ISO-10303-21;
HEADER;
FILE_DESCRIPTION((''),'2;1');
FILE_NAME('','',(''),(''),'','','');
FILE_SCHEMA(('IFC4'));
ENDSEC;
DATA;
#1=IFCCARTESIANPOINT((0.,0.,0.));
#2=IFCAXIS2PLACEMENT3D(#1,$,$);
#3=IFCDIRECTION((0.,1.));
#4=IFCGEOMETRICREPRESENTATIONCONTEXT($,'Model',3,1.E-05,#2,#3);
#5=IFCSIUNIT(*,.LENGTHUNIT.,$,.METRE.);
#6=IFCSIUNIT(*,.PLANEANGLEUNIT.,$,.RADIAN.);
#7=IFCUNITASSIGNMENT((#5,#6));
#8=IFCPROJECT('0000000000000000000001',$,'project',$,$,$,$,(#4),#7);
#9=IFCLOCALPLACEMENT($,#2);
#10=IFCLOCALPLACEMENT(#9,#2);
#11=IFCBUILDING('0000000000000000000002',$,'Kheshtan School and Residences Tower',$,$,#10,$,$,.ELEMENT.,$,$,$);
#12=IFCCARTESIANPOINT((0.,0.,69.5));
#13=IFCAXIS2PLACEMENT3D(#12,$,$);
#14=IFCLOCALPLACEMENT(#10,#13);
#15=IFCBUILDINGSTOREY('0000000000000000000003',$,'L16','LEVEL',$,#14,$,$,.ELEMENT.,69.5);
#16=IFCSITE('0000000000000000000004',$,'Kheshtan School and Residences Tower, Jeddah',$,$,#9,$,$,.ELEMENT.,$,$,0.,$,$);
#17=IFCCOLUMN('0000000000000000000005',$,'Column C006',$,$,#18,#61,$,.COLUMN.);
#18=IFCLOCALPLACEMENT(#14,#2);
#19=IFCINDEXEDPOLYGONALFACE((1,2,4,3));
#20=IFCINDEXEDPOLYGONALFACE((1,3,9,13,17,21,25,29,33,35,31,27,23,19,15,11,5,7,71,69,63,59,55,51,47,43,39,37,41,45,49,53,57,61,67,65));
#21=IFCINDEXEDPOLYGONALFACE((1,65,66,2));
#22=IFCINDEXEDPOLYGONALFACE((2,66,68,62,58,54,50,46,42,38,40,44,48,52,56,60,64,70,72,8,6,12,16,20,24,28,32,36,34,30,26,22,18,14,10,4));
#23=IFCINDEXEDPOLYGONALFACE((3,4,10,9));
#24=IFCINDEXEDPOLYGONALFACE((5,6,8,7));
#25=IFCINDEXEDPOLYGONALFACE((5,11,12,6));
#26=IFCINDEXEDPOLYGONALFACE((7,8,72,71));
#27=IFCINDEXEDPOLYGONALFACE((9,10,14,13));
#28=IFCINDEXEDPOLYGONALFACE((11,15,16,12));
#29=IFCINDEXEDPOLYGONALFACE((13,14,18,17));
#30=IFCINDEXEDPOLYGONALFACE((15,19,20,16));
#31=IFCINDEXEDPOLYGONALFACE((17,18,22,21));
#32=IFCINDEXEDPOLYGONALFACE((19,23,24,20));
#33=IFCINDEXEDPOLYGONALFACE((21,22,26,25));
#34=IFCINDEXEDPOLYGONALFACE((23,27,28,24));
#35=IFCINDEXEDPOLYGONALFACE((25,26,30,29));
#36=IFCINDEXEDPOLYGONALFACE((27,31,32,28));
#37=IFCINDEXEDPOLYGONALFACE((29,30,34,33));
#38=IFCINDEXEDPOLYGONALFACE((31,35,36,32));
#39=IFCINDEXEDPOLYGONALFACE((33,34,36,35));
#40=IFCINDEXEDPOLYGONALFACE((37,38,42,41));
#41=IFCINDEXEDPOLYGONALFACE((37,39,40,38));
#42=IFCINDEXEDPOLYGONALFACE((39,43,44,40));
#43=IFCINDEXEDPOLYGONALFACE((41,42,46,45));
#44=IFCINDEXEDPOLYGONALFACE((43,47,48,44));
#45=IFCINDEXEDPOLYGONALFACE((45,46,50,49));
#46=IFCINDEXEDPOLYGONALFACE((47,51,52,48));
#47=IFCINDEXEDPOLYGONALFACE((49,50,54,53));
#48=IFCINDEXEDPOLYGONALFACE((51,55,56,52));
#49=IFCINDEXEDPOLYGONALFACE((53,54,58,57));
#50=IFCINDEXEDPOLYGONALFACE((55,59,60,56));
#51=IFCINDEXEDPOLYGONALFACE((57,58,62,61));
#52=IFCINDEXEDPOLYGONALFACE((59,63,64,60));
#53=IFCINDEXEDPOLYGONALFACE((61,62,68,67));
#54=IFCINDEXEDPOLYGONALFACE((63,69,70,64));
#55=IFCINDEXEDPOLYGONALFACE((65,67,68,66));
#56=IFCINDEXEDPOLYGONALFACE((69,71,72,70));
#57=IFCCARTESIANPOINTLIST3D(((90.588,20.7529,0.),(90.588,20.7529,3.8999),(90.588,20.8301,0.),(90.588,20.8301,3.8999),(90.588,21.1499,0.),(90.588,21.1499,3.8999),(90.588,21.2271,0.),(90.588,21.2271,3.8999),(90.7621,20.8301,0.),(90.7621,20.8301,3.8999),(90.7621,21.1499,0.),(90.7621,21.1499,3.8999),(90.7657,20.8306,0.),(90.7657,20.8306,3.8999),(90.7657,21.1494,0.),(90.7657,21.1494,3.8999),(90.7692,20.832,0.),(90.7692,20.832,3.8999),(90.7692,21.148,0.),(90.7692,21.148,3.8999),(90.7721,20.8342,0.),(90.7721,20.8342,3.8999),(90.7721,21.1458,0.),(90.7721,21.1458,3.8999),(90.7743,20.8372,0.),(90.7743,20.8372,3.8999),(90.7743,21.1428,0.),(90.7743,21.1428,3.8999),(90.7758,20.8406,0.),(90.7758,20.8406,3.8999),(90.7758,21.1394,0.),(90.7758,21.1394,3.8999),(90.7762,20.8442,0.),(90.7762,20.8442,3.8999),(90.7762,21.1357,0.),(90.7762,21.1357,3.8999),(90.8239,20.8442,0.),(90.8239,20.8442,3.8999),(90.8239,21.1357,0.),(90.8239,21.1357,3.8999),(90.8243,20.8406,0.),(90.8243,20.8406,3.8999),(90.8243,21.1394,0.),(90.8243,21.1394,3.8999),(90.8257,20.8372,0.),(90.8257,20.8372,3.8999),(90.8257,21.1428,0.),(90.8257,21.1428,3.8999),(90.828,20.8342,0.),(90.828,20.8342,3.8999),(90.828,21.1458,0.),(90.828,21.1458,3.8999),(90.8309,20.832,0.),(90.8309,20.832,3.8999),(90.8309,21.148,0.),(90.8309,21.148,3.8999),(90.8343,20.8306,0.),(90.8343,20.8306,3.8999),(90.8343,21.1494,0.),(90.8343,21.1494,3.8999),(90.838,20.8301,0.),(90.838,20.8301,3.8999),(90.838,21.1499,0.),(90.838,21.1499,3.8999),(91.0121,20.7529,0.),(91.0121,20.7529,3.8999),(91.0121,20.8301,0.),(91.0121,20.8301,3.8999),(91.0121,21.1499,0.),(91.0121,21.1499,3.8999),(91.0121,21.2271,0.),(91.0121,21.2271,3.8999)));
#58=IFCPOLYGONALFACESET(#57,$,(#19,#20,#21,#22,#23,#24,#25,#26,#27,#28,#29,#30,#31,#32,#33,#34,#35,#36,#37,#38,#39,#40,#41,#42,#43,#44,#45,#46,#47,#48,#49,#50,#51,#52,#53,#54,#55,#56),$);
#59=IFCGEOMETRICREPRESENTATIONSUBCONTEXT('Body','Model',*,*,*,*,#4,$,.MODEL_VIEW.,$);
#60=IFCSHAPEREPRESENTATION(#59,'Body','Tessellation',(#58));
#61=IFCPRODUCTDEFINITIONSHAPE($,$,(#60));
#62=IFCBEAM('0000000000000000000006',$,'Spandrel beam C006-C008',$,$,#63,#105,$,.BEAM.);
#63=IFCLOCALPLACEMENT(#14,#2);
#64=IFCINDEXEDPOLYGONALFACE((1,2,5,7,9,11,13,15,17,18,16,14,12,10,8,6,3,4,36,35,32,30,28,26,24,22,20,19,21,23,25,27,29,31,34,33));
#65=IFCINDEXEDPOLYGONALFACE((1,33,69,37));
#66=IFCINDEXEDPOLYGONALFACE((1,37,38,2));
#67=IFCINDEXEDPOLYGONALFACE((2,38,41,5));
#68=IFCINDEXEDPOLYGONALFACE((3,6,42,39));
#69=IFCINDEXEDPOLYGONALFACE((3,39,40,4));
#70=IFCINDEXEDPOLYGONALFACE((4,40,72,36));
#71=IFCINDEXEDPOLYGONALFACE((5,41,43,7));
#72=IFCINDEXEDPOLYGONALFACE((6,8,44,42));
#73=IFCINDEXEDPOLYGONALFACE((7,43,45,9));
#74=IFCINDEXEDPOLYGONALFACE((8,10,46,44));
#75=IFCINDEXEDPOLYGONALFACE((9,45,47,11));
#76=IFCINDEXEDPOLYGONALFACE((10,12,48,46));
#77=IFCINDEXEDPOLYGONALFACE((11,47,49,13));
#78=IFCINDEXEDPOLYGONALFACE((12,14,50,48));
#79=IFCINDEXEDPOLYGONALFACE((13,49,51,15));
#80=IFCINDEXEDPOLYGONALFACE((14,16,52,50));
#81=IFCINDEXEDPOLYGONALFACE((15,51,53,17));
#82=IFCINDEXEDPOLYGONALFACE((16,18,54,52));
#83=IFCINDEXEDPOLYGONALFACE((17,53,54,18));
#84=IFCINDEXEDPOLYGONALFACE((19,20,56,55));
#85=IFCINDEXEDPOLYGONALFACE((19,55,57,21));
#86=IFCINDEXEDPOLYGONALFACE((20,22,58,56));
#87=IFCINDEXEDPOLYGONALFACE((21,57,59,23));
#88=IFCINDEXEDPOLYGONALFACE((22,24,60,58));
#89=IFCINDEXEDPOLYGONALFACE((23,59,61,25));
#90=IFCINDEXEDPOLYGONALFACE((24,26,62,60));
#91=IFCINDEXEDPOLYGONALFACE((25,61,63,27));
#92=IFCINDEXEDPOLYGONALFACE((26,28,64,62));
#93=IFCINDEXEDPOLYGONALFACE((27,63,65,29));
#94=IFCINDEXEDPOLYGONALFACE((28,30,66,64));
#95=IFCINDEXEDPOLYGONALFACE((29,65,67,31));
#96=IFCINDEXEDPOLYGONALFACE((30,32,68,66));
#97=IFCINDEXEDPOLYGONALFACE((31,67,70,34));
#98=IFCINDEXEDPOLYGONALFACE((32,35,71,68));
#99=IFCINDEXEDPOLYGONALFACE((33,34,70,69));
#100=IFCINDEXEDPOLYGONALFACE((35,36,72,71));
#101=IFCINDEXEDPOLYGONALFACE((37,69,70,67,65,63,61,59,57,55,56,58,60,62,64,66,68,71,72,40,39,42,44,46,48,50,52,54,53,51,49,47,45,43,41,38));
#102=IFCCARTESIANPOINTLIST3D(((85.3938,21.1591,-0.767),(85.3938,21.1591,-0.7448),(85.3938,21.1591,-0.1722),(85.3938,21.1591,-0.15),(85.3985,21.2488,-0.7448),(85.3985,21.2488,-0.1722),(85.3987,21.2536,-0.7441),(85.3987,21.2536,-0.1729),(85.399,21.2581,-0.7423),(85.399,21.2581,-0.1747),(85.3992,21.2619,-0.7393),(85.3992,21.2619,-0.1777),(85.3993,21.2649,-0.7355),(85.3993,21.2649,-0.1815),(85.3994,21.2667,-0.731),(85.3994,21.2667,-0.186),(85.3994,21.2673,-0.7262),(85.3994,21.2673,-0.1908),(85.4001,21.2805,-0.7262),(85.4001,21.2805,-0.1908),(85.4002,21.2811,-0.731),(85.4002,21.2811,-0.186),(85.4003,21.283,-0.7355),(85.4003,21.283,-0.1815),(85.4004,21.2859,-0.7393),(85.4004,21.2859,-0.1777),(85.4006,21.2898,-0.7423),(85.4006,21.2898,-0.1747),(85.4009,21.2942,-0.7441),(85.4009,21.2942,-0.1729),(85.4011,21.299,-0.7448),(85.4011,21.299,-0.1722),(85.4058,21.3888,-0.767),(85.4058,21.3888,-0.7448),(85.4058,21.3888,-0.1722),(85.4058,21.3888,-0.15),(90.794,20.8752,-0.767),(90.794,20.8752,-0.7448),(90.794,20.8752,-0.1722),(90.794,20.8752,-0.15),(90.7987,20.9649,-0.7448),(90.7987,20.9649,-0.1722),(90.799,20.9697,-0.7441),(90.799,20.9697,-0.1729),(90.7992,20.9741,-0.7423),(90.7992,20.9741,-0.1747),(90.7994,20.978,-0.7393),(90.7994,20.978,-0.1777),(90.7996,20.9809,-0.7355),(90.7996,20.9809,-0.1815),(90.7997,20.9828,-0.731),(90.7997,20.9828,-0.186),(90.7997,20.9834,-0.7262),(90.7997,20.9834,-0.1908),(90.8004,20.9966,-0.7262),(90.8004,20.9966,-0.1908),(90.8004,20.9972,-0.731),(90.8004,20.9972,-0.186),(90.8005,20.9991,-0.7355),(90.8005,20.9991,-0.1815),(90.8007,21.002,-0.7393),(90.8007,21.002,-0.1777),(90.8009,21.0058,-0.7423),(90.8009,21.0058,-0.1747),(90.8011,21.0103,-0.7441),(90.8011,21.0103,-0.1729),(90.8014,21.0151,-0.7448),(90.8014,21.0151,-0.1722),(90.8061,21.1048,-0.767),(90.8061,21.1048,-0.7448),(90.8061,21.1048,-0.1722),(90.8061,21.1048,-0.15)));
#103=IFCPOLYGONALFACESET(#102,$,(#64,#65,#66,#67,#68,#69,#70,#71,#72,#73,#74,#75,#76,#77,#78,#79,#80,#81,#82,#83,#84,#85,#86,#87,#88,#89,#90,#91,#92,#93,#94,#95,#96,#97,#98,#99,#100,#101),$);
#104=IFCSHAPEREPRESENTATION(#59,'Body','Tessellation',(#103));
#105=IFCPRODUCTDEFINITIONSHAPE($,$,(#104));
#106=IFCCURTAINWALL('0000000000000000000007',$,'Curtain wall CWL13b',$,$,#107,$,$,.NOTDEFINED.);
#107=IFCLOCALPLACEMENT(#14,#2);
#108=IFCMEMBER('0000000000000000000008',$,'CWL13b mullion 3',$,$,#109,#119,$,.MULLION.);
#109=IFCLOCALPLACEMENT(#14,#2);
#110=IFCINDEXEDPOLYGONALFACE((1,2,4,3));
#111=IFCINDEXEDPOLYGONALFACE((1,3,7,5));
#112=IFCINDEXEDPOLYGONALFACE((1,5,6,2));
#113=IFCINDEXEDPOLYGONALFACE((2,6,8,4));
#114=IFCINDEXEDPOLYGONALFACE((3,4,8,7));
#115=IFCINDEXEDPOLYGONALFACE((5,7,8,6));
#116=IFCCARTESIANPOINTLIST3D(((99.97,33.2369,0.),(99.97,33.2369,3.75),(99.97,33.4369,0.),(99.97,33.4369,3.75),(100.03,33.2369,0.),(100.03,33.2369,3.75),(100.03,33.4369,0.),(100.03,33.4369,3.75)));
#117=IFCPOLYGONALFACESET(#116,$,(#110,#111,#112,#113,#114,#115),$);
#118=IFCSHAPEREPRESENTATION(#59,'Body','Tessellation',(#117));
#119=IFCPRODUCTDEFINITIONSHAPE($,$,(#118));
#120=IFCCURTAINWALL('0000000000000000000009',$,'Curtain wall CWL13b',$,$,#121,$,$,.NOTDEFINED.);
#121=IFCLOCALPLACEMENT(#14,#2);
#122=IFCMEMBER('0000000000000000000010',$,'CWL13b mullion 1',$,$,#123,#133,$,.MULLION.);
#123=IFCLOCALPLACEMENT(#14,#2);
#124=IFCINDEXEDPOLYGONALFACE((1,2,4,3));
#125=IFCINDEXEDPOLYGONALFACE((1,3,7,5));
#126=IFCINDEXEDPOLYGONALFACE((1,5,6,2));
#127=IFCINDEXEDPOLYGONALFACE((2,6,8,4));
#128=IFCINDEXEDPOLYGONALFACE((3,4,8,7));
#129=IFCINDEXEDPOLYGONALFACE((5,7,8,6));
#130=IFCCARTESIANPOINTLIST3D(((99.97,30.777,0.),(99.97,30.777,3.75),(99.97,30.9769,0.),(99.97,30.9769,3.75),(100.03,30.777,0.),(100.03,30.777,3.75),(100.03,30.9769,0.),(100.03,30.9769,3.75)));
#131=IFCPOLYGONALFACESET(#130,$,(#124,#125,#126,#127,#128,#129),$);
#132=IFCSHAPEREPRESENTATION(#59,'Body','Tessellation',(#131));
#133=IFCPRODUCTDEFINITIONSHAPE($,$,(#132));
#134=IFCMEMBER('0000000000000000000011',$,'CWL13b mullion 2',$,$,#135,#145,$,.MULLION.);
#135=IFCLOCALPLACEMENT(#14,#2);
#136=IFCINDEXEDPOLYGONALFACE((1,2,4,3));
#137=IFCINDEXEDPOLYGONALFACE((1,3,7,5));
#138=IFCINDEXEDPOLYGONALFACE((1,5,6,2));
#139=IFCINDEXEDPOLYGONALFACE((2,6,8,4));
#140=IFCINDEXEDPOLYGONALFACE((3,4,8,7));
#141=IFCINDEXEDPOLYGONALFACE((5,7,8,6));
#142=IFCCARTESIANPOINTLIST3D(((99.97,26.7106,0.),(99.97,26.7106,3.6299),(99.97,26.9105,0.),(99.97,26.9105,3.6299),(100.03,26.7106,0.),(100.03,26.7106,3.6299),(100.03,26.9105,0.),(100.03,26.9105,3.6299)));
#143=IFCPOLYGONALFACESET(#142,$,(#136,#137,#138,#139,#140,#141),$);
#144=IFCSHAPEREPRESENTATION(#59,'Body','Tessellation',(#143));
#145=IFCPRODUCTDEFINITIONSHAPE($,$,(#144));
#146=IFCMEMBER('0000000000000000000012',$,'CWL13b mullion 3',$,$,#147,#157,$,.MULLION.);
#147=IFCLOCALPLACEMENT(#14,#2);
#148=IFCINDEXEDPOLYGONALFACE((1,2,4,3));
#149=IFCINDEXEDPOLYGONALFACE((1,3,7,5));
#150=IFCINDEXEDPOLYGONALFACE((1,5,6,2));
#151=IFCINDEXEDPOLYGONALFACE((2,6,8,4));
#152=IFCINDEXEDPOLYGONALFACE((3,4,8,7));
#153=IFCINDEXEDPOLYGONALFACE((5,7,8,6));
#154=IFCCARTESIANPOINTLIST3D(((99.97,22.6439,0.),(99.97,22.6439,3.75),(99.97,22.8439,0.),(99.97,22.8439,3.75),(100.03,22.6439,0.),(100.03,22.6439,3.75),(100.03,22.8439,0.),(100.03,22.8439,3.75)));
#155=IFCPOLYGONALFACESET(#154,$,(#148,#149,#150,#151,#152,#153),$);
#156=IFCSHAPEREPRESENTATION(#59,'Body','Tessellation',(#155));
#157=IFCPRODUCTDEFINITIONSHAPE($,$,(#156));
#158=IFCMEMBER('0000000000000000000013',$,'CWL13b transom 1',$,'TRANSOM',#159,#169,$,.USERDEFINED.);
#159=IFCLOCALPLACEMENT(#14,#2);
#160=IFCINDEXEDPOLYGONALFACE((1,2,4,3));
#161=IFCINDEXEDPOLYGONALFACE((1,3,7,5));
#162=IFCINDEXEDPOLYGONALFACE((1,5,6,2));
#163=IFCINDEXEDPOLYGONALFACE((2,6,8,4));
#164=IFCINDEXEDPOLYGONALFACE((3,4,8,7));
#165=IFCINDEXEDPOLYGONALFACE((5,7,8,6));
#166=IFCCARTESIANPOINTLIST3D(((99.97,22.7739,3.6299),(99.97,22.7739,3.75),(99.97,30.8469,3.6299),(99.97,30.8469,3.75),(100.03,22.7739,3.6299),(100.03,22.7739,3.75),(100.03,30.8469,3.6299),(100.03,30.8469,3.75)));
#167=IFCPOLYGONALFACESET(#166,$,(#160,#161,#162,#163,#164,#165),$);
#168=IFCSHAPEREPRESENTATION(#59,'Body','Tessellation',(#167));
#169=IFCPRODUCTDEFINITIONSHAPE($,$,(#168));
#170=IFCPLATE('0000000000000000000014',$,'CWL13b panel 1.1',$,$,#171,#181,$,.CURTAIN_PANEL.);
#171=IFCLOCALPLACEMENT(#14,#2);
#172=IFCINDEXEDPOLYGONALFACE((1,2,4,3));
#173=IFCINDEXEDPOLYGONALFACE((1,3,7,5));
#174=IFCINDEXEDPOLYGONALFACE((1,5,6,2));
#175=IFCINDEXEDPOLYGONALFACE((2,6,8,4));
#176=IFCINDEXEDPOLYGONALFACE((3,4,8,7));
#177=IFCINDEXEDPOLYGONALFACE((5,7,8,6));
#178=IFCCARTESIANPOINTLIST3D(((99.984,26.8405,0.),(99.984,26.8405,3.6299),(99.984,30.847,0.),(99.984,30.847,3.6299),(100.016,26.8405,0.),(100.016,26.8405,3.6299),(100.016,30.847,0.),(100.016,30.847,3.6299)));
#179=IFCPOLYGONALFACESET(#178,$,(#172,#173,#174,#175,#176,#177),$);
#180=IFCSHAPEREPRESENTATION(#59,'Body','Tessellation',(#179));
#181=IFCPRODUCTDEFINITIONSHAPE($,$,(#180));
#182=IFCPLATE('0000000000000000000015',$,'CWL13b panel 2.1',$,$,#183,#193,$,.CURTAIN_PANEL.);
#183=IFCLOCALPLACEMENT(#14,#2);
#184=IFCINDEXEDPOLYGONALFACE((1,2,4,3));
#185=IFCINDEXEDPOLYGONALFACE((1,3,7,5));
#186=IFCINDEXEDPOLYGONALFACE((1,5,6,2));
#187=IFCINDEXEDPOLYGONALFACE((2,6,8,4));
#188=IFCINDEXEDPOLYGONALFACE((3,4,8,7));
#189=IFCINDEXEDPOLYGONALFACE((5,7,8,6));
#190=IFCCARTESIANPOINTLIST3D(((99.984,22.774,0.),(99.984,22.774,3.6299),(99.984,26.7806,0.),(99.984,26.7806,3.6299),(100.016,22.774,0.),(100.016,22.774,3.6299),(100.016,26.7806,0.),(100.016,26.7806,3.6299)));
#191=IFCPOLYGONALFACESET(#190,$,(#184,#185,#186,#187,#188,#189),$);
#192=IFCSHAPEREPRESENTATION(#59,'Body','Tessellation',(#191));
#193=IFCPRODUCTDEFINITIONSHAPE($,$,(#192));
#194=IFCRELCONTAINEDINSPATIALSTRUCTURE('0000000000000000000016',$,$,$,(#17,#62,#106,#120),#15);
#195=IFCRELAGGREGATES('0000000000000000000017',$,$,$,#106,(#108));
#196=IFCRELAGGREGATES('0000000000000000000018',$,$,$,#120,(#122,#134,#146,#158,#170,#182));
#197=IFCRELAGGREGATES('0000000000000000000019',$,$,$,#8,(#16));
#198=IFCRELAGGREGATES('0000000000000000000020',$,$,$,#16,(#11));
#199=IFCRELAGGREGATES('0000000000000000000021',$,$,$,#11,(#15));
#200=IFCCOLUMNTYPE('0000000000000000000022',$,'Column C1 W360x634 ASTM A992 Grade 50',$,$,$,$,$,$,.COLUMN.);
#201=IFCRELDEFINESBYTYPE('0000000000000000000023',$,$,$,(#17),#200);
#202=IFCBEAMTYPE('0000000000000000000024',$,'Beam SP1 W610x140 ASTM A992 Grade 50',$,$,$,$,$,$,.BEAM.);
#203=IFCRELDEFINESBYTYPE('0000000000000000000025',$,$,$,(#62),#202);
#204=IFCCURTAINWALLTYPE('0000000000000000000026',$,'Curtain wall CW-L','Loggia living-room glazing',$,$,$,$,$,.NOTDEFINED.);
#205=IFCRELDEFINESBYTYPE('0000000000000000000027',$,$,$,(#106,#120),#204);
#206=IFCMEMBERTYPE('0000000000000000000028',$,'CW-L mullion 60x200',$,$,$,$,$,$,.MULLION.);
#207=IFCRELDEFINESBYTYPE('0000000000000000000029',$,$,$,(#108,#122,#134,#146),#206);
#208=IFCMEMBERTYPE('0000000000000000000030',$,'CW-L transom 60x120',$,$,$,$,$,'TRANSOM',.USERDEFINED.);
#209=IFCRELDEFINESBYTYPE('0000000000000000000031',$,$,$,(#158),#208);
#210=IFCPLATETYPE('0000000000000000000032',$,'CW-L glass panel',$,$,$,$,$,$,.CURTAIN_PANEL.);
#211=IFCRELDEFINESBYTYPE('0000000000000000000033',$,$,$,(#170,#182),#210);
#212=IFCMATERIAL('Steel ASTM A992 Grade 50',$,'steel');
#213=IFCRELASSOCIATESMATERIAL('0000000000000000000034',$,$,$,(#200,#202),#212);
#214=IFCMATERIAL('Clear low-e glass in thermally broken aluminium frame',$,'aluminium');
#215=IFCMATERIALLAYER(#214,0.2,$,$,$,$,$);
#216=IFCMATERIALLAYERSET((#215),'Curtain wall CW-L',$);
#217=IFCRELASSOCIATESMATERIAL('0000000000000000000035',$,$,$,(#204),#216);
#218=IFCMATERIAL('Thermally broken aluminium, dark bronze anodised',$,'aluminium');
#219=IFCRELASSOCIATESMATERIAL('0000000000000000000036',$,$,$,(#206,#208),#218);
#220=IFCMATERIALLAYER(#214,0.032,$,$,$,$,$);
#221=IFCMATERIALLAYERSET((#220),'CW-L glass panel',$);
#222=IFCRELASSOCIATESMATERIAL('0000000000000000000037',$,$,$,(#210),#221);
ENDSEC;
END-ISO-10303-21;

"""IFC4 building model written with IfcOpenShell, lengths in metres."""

from ifc_helpers import new_model, si_unit, direction, frame, origin, origin_2d, place, context, subcontext, project, spatial, rectangle, i_section, extrude, material, layer, layer_set, material_profile, profile_set, type_object, element, aggregate, save


model = new_model("IFC4")

# Units and contexts
model_context = context("Model", 3, precision=1e-05, world=origin(), true_north=direction((0.0, 1.0)))
body_context = subcontext(model_context, "Body", "Model", "MODEL_VIEW")
ifc_project = project(units=[si_unit("LENGTHUNIT", "METRE"), si_unit("PLANEANGLEUNIT", "RADIAN")], contexts=[model_context])

# Site, building, storey
site_placement = place(None, origin())
site = spatial("IfcSite", under=ifc_project, at=site_placement, Name="Kheshtan School and Residences Tower, Jeddah", CompositionType="ELEMENT", RefElevation=0.0)
building_placement = place(site_placement, origin())
building = spatial("IfcBuilding", under=site, at=building_placement, Name="Kheshtan School and Residences Tower", CompositionType="ELEMENT")
storey_placement = place(building_placement, frame((0.0, 0.0, 69.5)))
storey = spatial("IfcBuildingStorey", under=building, at=storey_placement, Name="L16", Description="LEVEL", CompositionType="ELEMENT", Elevation=69.5)

# Column
ifc_material_1 = material(Name="Steel ASTM A992 Grade 50", Category="steel")
ifc_material_profile_1 = material_profile(ifc_material_1, i_section(OverallWidth=0.4241, OverallDepth=0.4741, WebThickness=0.0476, FlangeThickness=0.0771, FilletRadius=0.0142, at=origin_2d()), Name="W360x634")
ifc_profile_set_1 = profile_set([ifc_material_profile_1], Name="Steel ASTM A992 Grade 50")
column_type = type_object("IfcColumnType", Name="Column C1 W360x634 ASTM A992 Grade 50", PredefinedType="COLUMN", material=ifc_profile_set_1)
column_placement = place(storey_placement, frame((90.8, 20.99, 0.0), z_axis=(0.0, 0.0, 1.0), x_axis=(1.0, 0.0, 0.0)))
element("IfcColumn", 1, at=column_placement, inside=storey, type_object=column_type, Name="Column C006", PredefinedType="COLUMN", context=body_context, shape_type="SweptSolid", body=[
    extrude(i_section(OverallWidth=0.4241, OverallDepth=0.4741, WebThickness=0.0476, FlangeThickness=0.0771, FilletRadius=0.0142, at=origin_2d()), origin(), (0.0, 0.0, 1.0), 3.8999),
])

# Beam
ifc_material_profile_2 = material_profile(ifc_material_1, i_section(OverallWidth=0.23, OverallDepth=0.6169, WebThickness=0.0132, FlangeThickness=0.0222, FilletRadius=0.0186, at=origin_2d()), Name="W610x140")
ifc_profile_set_2 = profile_set([ifc_material_profile_2], Name="Steel ASTM A992 Grade 50")
beam_type = type_object("IfcBeamType", Name="Beam SP1 W610x140 ASTM A992 Grade 50", PredefinedType="BEAM", material=ifc_profile_set_2)
beam_placement = place(storey_placement, frame((90.8, 20.99, -0.4585), z_axis=(-0.998621, 0.052507, 0.0), x_axis=(-0.052507, -0.998621, 0.0)))
element("IfcBeam", 2, at=beam_placement, inside=storey, type_object=beam_type, Name="Spandrel beam C006-C008", PredefinedType="BEAM", context=body_context, shape_type="SweptSolid", body=[
    extrude(i_section(OverallWidth=0.23, OverallDepth=0.6169, WebThickness=0.0132, FlangeThickness=0.0222, FilletRadius=0.0186, at=origin_2d()), origin(), (0.0, 0.0, 1.0), 5.4077),
])

# Curtain wall, member
ifc_material_2 = material(Name="Clear low-e glass in thermally broken aluminium frame", Category="aluminium")
ifc_layer_1 = layer(ifc_material_2, 0.2)
ifc_layer_set_1 = layer_set([ifc_layer_1], Name="Curtain wall CW-L")
curtain_wall_type = type_object("IfcCurtainWallType", Name="Curtain wall CW-L", Description="Loggia living-room glazing", PredefinedType="NOTDEFINED", material=ifc_layer_set_1)
curtain_wall_1_placement = place(storey_placement, origin())
curtain_wall_1 = element("IfcCurtainWall", 3, at=curtain_wall_1_placement, inside=storey, type_object=curtain_wall_type, Name="Curtain wall CWL13b", PredefinedType="NOTDEFINED")
ifc_material_3 = material(Name="Thermally broken aluminium, dark bronze anodised", Category="aluminium")
ifc_material_profile_3 = material_profile(ifc_material_3, rectangle(XDim=0.0601, YDim=0.2, at=origin_2d()), Name="CW-L mullion 60x200")
ifc_profile_set_3 = profile_set([ifc_material_profile_3], Name="Thermally broken aluminium, dark bronze anodised")
member_type_1 = type_object("IfcMemberType", Name="CW-L mullion 60x200", PredefinedType="MULLION", material=ifc_profile_set_3)
member_1_placement = place(storey_placement, frame((100.0, 33.3369, 0.0), z_axis=(0.0, 0.0, 1.0), x_axis=(1.0, 0.0, 0.0)))
member_1 = element("IfcMember", 4, at=member_1_placement, type_object=member_type_1, Name="CWL13b mullion 3", PredefinedType="MULLION", context=body_context, shape_type="SweptSolid", body=[
    extrude(rectangle(XDim=0.0601, YDim=0.2, at=origin_2d()), origin(), (0.0, 0.0, 1.0), 3.75),
])
aggregate(curtain_wall_1, [member_1])

# Curtain wall, members, plates
curtain_wall_2_placement = place(storey_placement, origin())
curtain_wall_2 = element("IfcCurtainWall", 5, at=curtain_wall_2_placement, inside=storey, type_object=curtain_wall_type, Name="Curtain wall CWL13b", PredefinedType="NOTDEFINED")
member_2_placement = place(storey_placement, frame((100.0, 30.877, 0.0), z_axis=(0.0, 0.0, 1.0), x_axis=(1.0, 0.0, 0.0)))
member_2 = element("IfcMember", 6, at=member_2_placement, type_object=member_type_1, Name="CWL13b mullion 1", PredefinedType="MULLION", context=body_context, shape_type="SweptSolid", body=[
    extrude(rectangle(XDim=0.0601, YDim=0.2, at=origin_2d()), origin(), (0.0, 0.0, 1.0), 3.75),
])
member_3_placement = place(storey_placement, frame((100.0, 26.8105, 0.0), z_axis=(0.0, 0.0, 1.0), x_axis=(1.0, 0.0, 0.0)))
member_3 = element("IfcMember", 7, at=member_3_placement, type_object=member_type_1, Name="CWL13b mullion 2", PredefinedType="MULLION", context=body_context, shape_type="SweptSolid", body=[
    extrude(rectangle(XDim=0.0601, YDim=0.2, at=origin_2d()), origin(), (0.0, 0.0, 1.0), 3.6299),
])
member_4_placement = place(storey_placement, frame((100.0, 22.7439, 0.0), z_axis=(0.0, 0.0, 1.0), x_axis=(1.0, 0.0, 0.0)))
member_4 = element("IfcMember", 8, at=member_4_placement, type_object=member_type_1, Name="CWL13b mullion 3", PredefinedType="MULLION", context=body_context, shape_type="SweptSolid", body=[
    extrude(rectangle(XDim=0.0601, YDim=0.2, at=origin_2d()), origin(), (0.0, 0.0, 1.0), 3.75),
])
ifc_material_profile_4 = material_profile(ifc_material_3, rectangle(XDim=0.0601, YDim=0.1201, at=origin_2d()), Name="CW-L transom 60x120")
ifc_profile_set_4 = profile_set([ifc_material_profile_4], Name="Thermally broken aluminium, dark bronze anodised")
member_type_2 = type_object("IfcMemberType", Name="CW-L transom 60x120", ElementType="TRANSOM", PredefinedType="USERDEFINED", material=ifc_profile_set_4)
member_5_placement = place(storey_placement, frame((100.0, 30.8469, 3.6899), z_axis=(0.0, -1.0, 0.0), x_axis=(1.0, 0.0, 0.0)))
member_5 = element("IfcMember", 9, at=member_5_placement, type_object=member_type_2, Name="CWL13b transom 1", ObjectType="TRANSOM", PredefinedType="USERDEFINED", context=body_context, shape_type="SweptSolid", body=[
    extrude(rectangle(XDim=0.0601, YDim=0.1201, at=origin_2d()), origin(), (0.0, 0.0, 1.0), 8.073),
])
ifc_layer_2 = layer(ifc_material_2, 0.032)
ifc_layer_set_2 = layer_set([ifc_layer_2], Name="CW-L glass panel")
plate_type = type_object("IfcPlateType", Name="CW-L glass panel", PredefinedType="CURTAIN_PANEL", material=ifc_layer_set_2)
plate_1_placement = place(storey_placement, frame((100.0, 28.8438, 0.0), z_axis=(0.0, 0.0, 1.0), x_axis=(0.0, -1.0, 0.0)))
plate_1 = element("IfcPlate", 10, at=plate_1_placement, type_object=plate_type, Name="CWL13b panel 1.1", PredefinedType="CURTAIN_PANEL", context=body_context, shape_type="SweptSolid", body=[
    extrude(rectangle(XDim=4.0066, YDim=0.032, at=origin_2d()), origin(), (0.0, 0.0, 1.0), 3.6299),
])
plate_2_placement = place(storey_placement, frame((100.0, 24.7773, 0.0), z_axis=(0.0, 0.0, 1.0), x_axis=(0.0, -1.0, 0.0)))
plate_2 = element("IfcPlate", 11, at=plate_2_placement, type_object=plate_type, Name="CWL13b panel 2.1", PredefinedType="CURTAIN_PANEL", context=body_context, shape_type="SweptSolid", body=[
    extrude(rectangle(XDim=4.0066, YDim=0.032, at=origin_2d()), origin(), (0.0, 0.0, 1.0), 3.6299),
])
aggregate(curtain_wall_2, [member_2, member_3, member_4, member_5, plate_1, plate_2])

save(model, "model.ifc")
